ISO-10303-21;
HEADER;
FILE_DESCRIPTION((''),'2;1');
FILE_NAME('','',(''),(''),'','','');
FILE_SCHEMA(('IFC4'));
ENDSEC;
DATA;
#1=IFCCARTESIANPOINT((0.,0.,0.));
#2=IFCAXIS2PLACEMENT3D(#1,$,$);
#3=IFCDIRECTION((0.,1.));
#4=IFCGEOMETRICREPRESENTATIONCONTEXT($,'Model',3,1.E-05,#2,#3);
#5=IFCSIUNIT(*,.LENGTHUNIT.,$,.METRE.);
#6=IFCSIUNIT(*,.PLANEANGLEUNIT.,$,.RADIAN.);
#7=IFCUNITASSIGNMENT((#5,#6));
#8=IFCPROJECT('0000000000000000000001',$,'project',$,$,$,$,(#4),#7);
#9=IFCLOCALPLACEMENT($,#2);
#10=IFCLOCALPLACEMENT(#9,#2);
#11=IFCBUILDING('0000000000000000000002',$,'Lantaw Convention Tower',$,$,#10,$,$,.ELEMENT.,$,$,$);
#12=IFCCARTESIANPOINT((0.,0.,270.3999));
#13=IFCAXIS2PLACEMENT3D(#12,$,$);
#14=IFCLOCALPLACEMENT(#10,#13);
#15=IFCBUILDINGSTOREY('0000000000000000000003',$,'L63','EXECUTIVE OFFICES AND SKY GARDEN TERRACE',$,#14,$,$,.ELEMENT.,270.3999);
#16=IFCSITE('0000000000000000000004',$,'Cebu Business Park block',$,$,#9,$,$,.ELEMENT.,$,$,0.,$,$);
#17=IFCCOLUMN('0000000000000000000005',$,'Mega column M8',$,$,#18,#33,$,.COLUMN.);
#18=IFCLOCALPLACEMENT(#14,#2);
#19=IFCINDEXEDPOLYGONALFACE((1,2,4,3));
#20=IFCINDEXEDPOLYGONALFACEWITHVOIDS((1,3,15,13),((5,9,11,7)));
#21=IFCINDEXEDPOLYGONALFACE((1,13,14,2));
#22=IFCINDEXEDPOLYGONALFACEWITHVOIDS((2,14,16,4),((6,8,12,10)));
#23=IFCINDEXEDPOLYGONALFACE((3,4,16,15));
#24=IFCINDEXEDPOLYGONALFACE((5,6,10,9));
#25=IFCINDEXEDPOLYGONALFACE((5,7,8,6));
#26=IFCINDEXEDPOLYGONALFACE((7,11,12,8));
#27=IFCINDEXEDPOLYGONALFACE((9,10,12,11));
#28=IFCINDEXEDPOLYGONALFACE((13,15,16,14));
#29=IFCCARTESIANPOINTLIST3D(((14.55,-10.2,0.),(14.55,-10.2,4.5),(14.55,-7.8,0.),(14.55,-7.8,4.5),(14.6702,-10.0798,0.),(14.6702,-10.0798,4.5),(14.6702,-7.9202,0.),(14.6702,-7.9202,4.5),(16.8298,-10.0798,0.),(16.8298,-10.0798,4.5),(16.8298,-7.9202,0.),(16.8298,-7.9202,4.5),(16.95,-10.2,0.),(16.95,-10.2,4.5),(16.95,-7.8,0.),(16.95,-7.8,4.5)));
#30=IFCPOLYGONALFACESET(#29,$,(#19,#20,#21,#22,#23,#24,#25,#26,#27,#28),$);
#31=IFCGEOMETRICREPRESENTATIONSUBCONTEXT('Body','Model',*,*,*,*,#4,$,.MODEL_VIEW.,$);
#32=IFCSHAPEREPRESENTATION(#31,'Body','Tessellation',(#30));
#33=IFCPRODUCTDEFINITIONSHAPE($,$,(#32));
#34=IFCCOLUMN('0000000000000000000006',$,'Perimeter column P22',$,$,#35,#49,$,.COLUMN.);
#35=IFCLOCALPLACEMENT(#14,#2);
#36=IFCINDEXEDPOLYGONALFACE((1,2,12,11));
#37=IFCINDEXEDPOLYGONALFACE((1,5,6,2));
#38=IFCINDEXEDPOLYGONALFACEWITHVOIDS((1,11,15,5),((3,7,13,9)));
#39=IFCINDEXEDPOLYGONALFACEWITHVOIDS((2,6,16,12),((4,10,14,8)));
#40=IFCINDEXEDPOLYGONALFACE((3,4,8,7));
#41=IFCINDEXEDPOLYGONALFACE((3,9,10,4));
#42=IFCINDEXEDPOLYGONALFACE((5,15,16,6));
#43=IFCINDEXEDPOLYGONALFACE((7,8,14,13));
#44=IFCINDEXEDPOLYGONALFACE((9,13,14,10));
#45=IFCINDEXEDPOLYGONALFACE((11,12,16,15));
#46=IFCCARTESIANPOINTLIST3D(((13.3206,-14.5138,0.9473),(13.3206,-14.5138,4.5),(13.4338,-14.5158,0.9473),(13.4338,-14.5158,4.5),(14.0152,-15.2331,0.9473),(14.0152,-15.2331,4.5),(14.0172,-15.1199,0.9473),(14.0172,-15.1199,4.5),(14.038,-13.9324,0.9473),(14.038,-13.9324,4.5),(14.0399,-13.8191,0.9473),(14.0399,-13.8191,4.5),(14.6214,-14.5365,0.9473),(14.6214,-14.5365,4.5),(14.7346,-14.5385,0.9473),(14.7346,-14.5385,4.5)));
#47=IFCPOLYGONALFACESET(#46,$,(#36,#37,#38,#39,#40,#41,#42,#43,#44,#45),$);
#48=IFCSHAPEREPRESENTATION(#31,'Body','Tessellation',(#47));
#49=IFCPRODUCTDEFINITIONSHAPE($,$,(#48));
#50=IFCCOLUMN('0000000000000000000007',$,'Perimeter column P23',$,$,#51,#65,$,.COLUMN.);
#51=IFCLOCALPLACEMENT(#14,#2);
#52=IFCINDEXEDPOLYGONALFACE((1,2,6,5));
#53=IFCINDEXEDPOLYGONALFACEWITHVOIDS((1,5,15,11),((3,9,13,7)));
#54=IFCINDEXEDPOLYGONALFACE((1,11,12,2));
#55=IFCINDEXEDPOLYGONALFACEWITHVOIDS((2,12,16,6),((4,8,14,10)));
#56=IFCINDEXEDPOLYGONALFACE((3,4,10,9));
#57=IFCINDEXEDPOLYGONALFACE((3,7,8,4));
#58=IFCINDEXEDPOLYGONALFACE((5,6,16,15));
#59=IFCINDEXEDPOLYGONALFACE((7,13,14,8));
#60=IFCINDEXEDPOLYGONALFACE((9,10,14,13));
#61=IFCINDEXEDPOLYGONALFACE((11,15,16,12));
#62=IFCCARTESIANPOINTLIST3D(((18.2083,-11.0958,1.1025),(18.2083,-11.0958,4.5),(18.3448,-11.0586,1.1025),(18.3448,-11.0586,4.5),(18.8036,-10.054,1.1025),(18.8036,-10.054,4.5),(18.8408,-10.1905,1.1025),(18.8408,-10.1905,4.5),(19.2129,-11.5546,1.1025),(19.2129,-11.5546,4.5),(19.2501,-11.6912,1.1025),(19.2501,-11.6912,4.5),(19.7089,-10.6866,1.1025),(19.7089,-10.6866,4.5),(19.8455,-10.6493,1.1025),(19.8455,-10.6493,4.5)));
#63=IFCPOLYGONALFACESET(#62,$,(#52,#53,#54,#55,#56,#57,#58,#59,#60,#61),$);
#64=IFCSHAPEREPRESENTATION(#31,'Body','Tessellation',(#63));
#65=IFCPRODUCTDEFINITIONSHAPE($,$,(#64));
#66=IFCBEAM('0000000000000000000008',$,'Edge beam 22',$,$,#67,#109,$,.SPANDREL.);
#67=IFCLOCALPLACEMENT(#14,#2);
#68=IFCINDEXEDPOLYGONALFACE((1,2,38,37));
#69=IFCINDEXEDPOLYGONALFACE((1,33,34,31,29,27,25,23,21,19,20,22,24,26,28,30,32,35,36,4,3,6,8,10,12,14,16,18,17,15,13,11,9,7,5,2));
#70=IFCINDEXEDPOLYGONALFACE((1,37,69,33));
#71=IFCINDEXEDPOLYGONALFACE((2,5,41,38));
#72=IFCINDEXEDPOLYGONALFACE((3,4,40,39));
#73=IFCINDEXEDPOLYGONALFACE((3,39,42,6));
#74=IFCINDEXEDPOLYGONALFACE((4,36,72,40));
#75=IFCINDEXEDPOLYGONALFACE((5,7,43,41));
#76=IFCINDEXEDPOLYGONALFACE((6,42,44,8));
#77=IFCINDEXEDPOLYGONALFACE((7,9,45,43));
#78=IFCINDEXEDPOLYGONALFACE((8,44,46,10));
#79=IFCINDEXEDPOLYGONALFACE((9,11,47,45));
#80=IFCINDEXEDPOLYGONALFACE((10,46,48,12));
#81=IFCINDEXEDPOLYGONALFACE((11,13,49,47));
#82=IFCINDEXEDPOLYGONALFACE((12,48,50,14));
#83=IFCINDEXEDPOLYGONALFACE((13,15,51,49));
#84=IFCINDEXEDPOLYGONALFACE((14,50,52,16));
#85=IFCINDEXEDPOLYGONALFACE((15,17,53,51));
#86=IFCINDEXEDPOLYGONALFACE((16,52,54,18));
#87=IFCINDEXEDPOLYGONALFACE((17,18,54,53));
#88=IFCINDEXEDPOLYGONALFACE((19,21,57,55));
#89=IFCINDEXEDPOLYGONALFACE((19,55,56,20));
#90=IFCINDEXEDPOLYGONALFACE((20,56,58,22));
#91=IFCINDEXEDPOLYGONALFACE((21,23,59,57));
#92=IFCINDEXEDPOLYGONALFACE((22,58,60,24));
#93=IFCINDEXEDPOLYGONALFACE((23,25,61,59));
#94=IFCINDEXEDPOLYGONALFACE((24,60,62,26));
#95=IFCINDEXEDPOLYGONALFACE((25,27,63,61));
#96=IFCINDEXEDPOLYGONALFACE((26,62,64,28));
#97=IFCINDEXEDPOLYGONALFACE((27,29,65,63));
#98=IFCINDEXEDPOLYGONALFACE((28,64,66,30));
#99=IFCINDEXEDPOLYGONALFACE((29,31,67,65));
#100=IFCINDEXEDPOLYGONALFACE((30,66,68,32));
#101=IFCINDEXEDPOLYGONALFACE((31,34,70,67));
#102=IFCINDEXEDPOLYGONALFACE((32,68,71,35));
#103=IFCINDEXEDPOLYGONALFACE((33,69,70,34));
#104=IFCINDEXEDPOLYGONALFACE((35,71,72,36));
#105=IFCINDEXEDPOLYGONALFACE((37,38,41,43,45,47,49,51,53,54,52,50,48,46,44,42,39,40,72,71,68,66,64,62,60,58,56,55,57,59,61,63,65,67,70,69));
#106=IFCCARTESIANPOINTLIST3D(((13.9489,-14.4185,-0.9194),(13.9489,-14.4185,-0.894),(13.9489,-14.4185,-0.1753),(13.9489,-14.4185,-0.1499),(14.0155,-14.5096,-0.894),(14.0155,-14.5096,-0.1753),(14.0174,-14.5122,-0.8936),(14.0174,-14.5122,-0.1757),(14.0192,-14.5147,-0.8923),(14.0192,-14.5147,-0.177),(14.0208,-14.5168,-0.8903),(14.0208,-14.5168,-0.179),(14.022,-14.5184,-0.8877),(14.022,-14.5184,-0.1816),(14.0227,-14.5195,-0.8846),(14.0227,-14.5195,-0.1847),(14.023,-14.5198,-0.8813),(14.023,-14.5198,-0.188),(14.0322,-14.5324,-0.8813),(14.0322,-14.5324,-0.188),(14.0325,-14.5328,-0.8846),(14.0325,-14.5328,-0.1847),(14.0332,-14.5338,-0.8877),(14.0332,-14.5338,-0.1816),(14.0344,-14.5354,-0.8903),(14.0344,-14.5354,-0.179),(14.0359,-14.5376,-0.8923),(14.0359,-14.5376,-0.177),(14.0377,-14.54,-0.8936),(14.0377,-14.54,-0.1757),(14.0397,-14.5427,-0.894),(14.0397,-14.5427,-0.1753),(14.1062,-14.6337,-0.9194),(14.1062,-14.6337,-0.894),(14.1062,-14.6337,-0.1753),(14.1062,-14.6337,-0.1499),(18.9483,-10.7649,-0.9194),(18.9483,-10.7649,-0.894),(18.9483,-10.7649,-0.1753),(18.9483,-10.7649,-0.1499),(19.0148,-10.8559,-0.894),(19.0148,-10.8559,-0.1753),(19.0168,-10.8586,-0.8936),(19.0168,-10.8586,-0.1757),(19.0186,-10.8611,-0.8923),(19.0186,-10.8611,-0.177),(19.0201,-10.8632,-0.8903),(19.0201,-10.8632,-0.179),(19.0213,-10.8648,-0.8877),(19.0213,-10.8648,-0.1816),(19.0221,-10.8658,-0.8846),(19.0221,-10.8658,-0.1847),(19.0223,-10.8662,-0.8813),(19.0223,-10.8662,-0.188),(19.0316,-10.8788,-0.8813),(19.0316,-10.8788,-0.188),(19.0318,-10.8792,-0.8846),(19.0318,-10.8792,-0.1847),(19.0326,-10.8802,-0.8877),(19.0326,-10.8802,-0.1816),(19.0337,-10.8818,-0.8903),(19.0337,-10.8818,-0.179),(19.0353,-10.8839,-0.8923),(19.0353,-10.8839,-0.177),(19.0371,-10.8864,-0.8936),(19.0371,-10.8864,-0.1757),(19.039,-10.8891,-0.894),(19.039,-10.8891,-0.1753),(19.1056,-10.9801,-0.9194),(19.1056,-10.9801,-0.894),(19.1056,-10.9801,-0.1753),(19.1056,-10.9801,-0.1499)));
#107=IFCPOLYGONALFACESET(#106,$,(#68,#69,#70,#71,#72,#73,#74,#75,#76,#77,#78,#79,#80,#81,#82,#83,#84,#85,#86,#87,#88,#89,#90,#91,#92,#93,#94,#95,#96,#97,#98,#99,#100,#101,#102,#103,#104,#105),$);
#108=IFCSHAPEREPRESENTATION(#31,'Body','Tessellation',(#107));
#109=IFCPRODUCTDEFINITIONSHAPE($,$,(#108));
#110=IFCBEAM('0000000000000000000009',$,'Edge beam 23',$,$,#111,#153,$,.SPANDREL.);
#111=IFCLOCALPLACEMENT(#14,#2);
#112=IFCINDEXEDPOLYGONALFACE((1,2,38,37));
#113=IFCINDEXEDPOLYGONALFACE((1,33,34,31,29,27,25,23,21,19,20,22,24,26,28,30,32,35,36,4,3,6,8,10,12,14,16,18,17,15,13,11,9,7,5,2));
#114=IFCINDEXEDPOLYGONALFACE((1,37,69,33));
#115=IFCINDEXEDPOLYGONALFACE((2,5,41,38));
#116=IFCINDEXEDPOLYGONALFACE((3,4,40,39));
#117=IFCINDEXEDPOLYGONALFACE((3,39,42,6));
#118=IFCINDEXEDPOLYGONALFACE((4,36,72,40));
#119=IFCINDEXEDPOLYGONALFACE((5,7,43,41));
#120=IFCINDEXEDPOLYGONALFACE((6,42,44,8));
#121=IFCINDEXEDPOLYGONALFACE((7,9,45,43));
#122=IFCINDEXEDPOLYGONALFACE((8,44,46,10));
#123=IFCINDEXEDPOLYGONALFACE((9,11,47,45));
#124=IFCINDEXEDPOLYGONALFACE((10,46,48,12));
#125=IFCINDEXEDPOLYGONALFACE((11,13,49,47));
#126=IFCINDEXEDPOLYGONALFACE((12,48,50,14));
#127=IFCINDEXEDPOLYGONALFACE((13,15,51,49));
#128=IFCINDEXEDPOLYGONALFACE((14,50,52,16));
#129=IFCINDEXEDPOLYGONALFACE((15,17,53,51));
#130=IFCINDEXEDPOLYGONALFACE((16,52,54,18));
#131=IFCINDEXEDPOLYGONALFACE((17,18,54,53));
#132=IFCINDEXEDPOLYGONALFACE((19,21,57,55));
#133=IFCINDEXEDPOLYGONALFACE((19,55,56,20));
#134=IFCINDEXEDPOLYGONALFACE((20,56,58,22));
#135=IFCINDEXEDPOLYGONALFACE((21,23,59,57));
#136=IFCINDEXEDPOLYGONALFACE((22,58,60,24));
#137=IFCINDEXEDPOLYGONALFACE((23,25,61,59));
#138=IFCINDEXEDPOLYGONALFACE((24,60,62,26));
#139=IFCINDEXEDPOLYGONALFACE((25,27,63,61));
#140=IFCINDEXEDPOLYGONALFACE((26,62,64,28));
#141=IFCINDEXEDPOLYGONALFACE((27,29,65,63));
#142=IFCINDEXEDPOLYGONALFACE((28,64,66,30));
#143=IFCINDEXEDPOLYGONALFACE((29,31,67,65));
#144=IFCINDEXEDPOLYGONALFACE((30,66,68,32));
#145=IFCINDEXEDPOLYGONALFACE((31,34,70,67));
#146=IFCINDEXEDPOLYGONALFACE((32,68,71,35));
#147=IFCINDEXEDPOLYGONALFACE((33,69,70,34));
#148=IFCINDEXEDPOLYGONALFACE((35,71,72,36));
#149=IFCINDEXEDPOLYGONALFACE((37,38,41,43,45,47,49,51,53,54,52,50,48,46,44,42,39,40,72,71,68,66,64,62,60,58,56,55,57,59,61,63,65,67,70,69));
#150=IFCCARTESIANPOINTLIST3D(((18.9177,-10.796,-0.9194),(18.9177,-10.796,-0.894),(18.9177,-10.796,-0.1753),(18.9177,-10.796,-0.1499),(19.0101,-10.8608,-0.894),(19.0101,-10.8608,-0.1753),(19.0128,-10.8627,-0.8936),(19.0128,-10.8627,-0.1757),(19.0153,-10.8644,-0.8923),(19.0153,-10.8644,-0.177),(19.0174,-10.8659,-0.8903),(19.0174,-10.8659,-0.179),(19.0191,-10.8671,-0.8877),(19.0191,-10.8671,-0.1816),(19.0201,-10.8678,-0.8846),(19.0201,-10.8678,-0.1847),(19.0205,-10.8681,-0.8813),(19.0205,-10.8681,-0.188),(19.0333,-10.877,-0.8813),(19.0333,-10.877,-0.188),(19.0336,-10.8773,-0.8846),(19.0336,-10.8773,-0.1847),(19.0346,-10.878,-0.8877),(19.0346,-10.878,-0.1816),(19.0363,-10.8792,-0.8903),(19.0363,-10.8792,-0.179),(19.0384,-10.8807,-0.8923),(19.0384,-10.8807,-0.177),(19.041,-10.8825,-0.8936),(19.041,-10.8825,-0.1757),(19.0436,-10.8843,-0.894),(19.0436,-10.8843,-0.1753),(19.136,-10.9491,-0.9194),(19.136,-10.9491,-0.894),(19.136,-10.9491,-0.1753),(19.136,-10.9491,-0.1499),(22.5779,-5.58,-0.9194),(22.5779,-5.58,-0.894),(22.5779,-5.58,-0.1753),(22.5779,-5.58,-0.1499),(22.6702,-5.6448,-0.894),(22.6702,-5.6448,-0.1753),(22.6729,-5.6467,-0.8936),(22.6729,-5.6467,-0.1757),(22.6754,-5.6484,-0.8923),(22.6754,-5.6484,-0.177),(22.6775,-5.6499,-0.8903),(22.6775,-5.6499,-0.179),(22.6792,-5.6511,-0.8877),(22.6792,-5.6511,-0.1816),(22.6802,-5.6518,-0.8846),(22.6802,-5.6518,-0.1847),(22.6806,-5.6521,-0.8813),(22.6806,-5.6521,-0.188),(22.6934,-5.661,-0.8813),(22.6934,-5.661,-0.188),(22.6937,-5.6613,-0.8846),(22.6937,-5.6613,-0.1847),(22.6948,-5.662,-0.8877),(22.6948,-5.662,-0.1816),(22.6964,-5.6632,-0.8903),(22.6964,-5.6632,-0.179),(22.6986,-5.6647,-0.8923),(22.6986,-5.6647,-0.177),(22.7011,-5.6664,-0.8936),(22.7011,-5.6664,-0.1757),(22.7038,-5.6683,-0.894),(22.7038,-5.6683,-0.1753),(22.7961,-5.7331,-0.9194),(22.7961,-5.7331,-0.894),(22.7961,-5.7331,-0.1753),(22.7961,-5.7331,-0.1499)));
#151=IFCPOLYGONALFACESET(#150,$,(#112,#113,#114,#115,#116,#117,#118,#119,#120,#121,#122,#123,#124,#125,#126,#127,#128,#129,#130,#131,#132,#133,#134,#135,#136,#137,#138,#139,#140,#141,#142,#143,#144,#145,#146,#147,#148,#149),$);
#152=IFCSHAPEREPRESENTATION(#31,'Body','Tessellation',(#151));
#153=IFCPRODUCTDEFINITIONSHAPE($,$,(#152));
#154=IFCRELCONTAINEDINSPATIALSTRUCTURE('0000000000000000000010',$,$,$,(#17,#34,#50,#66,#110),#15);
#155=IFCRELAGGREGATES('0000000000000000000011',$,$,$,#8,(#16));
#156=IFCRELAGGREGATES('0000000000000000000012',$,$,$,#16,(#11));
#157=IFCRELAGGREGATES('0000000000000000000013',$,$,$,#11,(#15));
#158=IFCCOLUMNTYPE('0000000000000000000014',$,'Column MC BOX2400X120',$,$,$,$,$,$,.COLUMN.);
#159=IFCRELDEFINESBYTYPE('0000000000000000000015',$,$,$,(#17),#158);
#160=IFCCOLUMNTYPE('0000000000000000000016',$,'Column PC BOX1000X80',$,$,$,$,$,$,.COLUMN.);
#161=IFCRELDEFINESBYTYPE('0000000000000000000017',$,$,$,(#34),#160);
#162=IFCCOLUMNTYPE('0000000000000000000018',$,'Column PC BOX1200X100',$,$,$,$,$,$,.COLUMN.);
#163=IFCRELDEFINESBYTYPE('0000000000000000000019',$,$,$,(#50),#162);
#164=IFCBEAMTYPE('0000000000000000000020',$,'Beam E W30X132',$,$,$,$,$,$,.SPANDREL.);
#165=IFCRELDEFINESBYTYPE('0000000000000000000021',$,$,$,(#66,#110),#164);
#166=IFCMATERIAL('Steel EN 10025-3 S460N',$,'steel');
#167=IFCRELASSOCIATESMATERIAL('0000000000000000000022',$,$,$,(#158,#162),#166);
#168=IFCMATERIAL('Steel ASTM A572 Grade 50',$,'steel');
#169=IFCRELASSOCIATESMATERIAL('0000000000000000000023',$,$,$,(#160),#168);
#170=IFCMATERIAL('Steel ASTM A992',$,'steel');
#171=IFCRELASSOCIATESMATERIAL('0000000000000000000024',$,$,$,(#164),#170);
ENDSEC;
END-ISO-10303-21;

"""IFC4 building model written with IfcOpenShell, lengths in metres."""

from ifc_helpers import new_model, si_unit, direction, frame, origin, origin_2d, place, context, subcontext, project, spatial, rectangle, hollow_rectangle, i_section, extrude, material, material_profile, profile_set, type_object, element, save


model = new_model("IFC4")

# Units and contexts
model_context = context("Model", 3, precision=1e-05, world=origin(), true_north=direction((0.0, 1.0)))
body_context = subcontext(model_context, "Body", "Model", "MODEL_VIEW")
ifc_project = project(units=[si_unit("LENGTHUNIT", "METRE"), si_unit("PLANEANGLEUNIT", "RADIAN")], contexts=[model_context])

# Site, building, storey
site_placement = place(None, origin())
site = spatial("IfcSite", under=ifc_project, at=site_placement, Name="Cebu Business Park block", CompositionType="ELEMENT", RefElevation=0.0)
building_placement = place(site_placement, origin())
building = spatial("IfcBuilding", under=site, at=building_placement, Name="Lantaw Convention Tower", CompositionType="ELEMENT")
storey_placement = place(building_placement, frame((0.0, 0.0, 270.3999)))
storey = spatial("IfcBuildingStorey", under=building, at=storey_placement, Name="L63", Description="EXECUTIVE OFFICES AND SKY GARDEN TERRACE", CompositionType="ELEMENT", Elevation=270.3999)

# Columns
ifc_material_1 = material(Name="Steel EN 10025-3 S460N", Category="steel")
ifc_material_profile_1 = material_profile(ifc_material_1, hollow_rectangle(XDim=2.3999, YDim=2.3999, WallThickness=0.1201, at=origin_2d()), Name="BOX2400X120")
ifc_material_2 = material(Name="Concrete C60/75", Category="concrete")
ifc_material_profile_2 = material_profile(ifc_material_2, rectangle(XDim=2.1599, YDim=2.1599, at=origin_2d()), Name="Concrete fill of BOX2400X120")
ifc_profile_set_1 = profile_set([ifc_material_profile_1, ifc_material_profile_2], Name="Steel EN 10025-3 S460N")
column_type_1 = type_object("IfcColumnType", Name="Column MC BOX2400X120", PredefinedType="COLUMN", material=ifc_profile_set_1)
column_1_placement = place(storey_placement, frame((15.75, -9.0, 0.0), z_axis=(0.0, 0.0, 1.0), x_axis=(1.0, 0.0, 0.0)))
element("IfcColumn", 1, at=column_1_placement, inside=storey, type_object=column_type_1, Name="Mega column M8", PredefinedType="COLUMN", context=body_context, shape_type="SweptSolid", body=[
    extrude(hollow_rectangle(XDim=2.3999, YDim=2.3999, WallThickness=0.1201, at=origin_2d()), origin(), (0.0, 0.0, 1.0), 4.5),
])
ifc_material_3 = material(Name="Steel ASTM A572 Grade 50", Category="steel")
ifc_material_profile_3 = material_profile(ifc_material_3, hollow_rectangle(XDim=1.0, YDim=1.0, WallThickness=0.0801, at=origin_2d()), Name="BOX1000X80")
ifc_material_profile_4 = material_profile(ifc_material_2, rectangle(XDim=0.8401, YDim=0.8401, at=origin_2d()), Name="Concrete fill of BOX1000X80")
ifc_profile_set_2 = profile_set([ifc_material_profile_3, ifc_material_profile_4], Name="Steel ASTM A572 Grade 50")
column_type_2 = type_object("IfcColumnType", Name="Column PC BOX1000X80", PredefinedType="COLUMN", material=ifc_profile_set_2)
column_2_placement = place(storey_placement, frame((14.0276, -14.5261, 0.9473), z_axis=(0.0, 0.0, 1.0), x_axis=(0.71934, 0.694658, 0.0)))
element("IfcColumn", 2, at=column_2_placement, inside=storey, type_object=column_type_2, Name="Perimeter column P22", PredefinedType="COLUMN", context=body_context, shape_type="SweptSolid", body=[
    extrude(hollow_rectangle(XDim=1.0, YDim=1.0, WallThickness=0.0801, at=origin_2d()), origin(), (0.0, 0.0, 1.0), 3.5527),
])
ifc_material_profile_5 = material_profile(ifc_material_1, hollow_rectangle(XDim=1.2, YDim=1.2, WallThickness=0.1001, at=origin_2d()), Name="BOX1200X100")
ifc_material_profile_6 = material_profile(ifc_material_2, rectangle(XDim=1.0, YDim=1.0, at=origin_2d()), Name="Concrete fill of BOX1200X100")
ifc_profile_set_3 = profile_set([ifc_material_profile_5, ifc_material_profile_6], Name="Steel EN 10025-3 S460N")
column_type_3 = type_object("IfcColumnType", Name="Column PC BOX1200X100", PredefinedType="COLUMN", material=ifc_profile_set_3)
column_3_placement = place(storey_placement, frame((19.0269, -10.8726, 1.1025), z_axis=(0.0, 0.0, 1.0), x_axis=(0.496139, 0.868243, 0.0)))
element("IfcColumn", 3, at=column_3_placement, inside=storey, type_object=column_type_3, Name="Perimeter column P23", PredefinedType="COLUMN", context=body_context, shape_type="SweptSolid", body=[
    extrude(hollow_rectangle(XDim=1.2, YDim=1.2, WallThickness=0.1001, at=origin_2d()), origin(), (0.0, 0.0, 1.0), 3.3975),
])

# Beams
ifc_material_4 = material(Name="Steel ASTM A992", Category="steel")
ifc_material_profile_7 = material_profile(ifc_material_4, i_section(OverallWidth=0.2666, OverallDepth=0.7695, WebThickness=0.0156, FlangeThickness=0.0254, FilletRadius=0.0127, at=origin_2d()), Name="W30X132")
ifc_profile_set_4 = profile_set([ifc_material_profile_7], Name="Steel ASTM A992")
beam_type_1 = type_object("IfcBeamType", Name="Beam E W30X132", PredefinedType="SPANDREL", material=ifc_profile_set_4)
beam_1_placement = place(storey_placement, frame((14.0276, -14.5261, -0.5347), z_axis=(0.807372, 0.590043, 0.0), x_axis=(-0.590043, 0.807372, 0.0)))
element("IfcBeam", 4, at=beam_1_placement, inside=storey, type_object=beam_type_1, Name="Edge beam 22", PredefinedType="SPANDREL", context=body_context, shape_type="SweptSolid", body=[
    extrude(i_section(OverallWidth=0.2666, OverallDepth=0.7695, WebThickness=0.0156, FlangeThickness=0.0254, FilletRadius=0.0127, at=origin_2d()), origin(), (0.0, 0.0, 1.0), 6.1921),
])
beam_2_placement = place(storey_placement, frame((19.0269, -10.8726, -0.5347), z_axis=(0.574401, 0.818574, 0.0), x_axis=(-0.818574, 0.574401, 0.0)))
element("IfcBeam", 5, at=beam_2_placement, inside=storey, type_object=beam_type_1, Name="Edge beam 23", PredefinedType="SPANDREL", context=body_context, shape_type="SweptSolid", body=[
    extrude(i_section(OverallWidth=0.2666, OverallDepth=0.7695, WebThickness=0.0156, FlangeThickness=0.0254, FilletRadius=0.0127, at=origin_2d()), origin(), (0.0, 0.0, 1.0), 6.3721),
])

save(model, "model.ifc")
